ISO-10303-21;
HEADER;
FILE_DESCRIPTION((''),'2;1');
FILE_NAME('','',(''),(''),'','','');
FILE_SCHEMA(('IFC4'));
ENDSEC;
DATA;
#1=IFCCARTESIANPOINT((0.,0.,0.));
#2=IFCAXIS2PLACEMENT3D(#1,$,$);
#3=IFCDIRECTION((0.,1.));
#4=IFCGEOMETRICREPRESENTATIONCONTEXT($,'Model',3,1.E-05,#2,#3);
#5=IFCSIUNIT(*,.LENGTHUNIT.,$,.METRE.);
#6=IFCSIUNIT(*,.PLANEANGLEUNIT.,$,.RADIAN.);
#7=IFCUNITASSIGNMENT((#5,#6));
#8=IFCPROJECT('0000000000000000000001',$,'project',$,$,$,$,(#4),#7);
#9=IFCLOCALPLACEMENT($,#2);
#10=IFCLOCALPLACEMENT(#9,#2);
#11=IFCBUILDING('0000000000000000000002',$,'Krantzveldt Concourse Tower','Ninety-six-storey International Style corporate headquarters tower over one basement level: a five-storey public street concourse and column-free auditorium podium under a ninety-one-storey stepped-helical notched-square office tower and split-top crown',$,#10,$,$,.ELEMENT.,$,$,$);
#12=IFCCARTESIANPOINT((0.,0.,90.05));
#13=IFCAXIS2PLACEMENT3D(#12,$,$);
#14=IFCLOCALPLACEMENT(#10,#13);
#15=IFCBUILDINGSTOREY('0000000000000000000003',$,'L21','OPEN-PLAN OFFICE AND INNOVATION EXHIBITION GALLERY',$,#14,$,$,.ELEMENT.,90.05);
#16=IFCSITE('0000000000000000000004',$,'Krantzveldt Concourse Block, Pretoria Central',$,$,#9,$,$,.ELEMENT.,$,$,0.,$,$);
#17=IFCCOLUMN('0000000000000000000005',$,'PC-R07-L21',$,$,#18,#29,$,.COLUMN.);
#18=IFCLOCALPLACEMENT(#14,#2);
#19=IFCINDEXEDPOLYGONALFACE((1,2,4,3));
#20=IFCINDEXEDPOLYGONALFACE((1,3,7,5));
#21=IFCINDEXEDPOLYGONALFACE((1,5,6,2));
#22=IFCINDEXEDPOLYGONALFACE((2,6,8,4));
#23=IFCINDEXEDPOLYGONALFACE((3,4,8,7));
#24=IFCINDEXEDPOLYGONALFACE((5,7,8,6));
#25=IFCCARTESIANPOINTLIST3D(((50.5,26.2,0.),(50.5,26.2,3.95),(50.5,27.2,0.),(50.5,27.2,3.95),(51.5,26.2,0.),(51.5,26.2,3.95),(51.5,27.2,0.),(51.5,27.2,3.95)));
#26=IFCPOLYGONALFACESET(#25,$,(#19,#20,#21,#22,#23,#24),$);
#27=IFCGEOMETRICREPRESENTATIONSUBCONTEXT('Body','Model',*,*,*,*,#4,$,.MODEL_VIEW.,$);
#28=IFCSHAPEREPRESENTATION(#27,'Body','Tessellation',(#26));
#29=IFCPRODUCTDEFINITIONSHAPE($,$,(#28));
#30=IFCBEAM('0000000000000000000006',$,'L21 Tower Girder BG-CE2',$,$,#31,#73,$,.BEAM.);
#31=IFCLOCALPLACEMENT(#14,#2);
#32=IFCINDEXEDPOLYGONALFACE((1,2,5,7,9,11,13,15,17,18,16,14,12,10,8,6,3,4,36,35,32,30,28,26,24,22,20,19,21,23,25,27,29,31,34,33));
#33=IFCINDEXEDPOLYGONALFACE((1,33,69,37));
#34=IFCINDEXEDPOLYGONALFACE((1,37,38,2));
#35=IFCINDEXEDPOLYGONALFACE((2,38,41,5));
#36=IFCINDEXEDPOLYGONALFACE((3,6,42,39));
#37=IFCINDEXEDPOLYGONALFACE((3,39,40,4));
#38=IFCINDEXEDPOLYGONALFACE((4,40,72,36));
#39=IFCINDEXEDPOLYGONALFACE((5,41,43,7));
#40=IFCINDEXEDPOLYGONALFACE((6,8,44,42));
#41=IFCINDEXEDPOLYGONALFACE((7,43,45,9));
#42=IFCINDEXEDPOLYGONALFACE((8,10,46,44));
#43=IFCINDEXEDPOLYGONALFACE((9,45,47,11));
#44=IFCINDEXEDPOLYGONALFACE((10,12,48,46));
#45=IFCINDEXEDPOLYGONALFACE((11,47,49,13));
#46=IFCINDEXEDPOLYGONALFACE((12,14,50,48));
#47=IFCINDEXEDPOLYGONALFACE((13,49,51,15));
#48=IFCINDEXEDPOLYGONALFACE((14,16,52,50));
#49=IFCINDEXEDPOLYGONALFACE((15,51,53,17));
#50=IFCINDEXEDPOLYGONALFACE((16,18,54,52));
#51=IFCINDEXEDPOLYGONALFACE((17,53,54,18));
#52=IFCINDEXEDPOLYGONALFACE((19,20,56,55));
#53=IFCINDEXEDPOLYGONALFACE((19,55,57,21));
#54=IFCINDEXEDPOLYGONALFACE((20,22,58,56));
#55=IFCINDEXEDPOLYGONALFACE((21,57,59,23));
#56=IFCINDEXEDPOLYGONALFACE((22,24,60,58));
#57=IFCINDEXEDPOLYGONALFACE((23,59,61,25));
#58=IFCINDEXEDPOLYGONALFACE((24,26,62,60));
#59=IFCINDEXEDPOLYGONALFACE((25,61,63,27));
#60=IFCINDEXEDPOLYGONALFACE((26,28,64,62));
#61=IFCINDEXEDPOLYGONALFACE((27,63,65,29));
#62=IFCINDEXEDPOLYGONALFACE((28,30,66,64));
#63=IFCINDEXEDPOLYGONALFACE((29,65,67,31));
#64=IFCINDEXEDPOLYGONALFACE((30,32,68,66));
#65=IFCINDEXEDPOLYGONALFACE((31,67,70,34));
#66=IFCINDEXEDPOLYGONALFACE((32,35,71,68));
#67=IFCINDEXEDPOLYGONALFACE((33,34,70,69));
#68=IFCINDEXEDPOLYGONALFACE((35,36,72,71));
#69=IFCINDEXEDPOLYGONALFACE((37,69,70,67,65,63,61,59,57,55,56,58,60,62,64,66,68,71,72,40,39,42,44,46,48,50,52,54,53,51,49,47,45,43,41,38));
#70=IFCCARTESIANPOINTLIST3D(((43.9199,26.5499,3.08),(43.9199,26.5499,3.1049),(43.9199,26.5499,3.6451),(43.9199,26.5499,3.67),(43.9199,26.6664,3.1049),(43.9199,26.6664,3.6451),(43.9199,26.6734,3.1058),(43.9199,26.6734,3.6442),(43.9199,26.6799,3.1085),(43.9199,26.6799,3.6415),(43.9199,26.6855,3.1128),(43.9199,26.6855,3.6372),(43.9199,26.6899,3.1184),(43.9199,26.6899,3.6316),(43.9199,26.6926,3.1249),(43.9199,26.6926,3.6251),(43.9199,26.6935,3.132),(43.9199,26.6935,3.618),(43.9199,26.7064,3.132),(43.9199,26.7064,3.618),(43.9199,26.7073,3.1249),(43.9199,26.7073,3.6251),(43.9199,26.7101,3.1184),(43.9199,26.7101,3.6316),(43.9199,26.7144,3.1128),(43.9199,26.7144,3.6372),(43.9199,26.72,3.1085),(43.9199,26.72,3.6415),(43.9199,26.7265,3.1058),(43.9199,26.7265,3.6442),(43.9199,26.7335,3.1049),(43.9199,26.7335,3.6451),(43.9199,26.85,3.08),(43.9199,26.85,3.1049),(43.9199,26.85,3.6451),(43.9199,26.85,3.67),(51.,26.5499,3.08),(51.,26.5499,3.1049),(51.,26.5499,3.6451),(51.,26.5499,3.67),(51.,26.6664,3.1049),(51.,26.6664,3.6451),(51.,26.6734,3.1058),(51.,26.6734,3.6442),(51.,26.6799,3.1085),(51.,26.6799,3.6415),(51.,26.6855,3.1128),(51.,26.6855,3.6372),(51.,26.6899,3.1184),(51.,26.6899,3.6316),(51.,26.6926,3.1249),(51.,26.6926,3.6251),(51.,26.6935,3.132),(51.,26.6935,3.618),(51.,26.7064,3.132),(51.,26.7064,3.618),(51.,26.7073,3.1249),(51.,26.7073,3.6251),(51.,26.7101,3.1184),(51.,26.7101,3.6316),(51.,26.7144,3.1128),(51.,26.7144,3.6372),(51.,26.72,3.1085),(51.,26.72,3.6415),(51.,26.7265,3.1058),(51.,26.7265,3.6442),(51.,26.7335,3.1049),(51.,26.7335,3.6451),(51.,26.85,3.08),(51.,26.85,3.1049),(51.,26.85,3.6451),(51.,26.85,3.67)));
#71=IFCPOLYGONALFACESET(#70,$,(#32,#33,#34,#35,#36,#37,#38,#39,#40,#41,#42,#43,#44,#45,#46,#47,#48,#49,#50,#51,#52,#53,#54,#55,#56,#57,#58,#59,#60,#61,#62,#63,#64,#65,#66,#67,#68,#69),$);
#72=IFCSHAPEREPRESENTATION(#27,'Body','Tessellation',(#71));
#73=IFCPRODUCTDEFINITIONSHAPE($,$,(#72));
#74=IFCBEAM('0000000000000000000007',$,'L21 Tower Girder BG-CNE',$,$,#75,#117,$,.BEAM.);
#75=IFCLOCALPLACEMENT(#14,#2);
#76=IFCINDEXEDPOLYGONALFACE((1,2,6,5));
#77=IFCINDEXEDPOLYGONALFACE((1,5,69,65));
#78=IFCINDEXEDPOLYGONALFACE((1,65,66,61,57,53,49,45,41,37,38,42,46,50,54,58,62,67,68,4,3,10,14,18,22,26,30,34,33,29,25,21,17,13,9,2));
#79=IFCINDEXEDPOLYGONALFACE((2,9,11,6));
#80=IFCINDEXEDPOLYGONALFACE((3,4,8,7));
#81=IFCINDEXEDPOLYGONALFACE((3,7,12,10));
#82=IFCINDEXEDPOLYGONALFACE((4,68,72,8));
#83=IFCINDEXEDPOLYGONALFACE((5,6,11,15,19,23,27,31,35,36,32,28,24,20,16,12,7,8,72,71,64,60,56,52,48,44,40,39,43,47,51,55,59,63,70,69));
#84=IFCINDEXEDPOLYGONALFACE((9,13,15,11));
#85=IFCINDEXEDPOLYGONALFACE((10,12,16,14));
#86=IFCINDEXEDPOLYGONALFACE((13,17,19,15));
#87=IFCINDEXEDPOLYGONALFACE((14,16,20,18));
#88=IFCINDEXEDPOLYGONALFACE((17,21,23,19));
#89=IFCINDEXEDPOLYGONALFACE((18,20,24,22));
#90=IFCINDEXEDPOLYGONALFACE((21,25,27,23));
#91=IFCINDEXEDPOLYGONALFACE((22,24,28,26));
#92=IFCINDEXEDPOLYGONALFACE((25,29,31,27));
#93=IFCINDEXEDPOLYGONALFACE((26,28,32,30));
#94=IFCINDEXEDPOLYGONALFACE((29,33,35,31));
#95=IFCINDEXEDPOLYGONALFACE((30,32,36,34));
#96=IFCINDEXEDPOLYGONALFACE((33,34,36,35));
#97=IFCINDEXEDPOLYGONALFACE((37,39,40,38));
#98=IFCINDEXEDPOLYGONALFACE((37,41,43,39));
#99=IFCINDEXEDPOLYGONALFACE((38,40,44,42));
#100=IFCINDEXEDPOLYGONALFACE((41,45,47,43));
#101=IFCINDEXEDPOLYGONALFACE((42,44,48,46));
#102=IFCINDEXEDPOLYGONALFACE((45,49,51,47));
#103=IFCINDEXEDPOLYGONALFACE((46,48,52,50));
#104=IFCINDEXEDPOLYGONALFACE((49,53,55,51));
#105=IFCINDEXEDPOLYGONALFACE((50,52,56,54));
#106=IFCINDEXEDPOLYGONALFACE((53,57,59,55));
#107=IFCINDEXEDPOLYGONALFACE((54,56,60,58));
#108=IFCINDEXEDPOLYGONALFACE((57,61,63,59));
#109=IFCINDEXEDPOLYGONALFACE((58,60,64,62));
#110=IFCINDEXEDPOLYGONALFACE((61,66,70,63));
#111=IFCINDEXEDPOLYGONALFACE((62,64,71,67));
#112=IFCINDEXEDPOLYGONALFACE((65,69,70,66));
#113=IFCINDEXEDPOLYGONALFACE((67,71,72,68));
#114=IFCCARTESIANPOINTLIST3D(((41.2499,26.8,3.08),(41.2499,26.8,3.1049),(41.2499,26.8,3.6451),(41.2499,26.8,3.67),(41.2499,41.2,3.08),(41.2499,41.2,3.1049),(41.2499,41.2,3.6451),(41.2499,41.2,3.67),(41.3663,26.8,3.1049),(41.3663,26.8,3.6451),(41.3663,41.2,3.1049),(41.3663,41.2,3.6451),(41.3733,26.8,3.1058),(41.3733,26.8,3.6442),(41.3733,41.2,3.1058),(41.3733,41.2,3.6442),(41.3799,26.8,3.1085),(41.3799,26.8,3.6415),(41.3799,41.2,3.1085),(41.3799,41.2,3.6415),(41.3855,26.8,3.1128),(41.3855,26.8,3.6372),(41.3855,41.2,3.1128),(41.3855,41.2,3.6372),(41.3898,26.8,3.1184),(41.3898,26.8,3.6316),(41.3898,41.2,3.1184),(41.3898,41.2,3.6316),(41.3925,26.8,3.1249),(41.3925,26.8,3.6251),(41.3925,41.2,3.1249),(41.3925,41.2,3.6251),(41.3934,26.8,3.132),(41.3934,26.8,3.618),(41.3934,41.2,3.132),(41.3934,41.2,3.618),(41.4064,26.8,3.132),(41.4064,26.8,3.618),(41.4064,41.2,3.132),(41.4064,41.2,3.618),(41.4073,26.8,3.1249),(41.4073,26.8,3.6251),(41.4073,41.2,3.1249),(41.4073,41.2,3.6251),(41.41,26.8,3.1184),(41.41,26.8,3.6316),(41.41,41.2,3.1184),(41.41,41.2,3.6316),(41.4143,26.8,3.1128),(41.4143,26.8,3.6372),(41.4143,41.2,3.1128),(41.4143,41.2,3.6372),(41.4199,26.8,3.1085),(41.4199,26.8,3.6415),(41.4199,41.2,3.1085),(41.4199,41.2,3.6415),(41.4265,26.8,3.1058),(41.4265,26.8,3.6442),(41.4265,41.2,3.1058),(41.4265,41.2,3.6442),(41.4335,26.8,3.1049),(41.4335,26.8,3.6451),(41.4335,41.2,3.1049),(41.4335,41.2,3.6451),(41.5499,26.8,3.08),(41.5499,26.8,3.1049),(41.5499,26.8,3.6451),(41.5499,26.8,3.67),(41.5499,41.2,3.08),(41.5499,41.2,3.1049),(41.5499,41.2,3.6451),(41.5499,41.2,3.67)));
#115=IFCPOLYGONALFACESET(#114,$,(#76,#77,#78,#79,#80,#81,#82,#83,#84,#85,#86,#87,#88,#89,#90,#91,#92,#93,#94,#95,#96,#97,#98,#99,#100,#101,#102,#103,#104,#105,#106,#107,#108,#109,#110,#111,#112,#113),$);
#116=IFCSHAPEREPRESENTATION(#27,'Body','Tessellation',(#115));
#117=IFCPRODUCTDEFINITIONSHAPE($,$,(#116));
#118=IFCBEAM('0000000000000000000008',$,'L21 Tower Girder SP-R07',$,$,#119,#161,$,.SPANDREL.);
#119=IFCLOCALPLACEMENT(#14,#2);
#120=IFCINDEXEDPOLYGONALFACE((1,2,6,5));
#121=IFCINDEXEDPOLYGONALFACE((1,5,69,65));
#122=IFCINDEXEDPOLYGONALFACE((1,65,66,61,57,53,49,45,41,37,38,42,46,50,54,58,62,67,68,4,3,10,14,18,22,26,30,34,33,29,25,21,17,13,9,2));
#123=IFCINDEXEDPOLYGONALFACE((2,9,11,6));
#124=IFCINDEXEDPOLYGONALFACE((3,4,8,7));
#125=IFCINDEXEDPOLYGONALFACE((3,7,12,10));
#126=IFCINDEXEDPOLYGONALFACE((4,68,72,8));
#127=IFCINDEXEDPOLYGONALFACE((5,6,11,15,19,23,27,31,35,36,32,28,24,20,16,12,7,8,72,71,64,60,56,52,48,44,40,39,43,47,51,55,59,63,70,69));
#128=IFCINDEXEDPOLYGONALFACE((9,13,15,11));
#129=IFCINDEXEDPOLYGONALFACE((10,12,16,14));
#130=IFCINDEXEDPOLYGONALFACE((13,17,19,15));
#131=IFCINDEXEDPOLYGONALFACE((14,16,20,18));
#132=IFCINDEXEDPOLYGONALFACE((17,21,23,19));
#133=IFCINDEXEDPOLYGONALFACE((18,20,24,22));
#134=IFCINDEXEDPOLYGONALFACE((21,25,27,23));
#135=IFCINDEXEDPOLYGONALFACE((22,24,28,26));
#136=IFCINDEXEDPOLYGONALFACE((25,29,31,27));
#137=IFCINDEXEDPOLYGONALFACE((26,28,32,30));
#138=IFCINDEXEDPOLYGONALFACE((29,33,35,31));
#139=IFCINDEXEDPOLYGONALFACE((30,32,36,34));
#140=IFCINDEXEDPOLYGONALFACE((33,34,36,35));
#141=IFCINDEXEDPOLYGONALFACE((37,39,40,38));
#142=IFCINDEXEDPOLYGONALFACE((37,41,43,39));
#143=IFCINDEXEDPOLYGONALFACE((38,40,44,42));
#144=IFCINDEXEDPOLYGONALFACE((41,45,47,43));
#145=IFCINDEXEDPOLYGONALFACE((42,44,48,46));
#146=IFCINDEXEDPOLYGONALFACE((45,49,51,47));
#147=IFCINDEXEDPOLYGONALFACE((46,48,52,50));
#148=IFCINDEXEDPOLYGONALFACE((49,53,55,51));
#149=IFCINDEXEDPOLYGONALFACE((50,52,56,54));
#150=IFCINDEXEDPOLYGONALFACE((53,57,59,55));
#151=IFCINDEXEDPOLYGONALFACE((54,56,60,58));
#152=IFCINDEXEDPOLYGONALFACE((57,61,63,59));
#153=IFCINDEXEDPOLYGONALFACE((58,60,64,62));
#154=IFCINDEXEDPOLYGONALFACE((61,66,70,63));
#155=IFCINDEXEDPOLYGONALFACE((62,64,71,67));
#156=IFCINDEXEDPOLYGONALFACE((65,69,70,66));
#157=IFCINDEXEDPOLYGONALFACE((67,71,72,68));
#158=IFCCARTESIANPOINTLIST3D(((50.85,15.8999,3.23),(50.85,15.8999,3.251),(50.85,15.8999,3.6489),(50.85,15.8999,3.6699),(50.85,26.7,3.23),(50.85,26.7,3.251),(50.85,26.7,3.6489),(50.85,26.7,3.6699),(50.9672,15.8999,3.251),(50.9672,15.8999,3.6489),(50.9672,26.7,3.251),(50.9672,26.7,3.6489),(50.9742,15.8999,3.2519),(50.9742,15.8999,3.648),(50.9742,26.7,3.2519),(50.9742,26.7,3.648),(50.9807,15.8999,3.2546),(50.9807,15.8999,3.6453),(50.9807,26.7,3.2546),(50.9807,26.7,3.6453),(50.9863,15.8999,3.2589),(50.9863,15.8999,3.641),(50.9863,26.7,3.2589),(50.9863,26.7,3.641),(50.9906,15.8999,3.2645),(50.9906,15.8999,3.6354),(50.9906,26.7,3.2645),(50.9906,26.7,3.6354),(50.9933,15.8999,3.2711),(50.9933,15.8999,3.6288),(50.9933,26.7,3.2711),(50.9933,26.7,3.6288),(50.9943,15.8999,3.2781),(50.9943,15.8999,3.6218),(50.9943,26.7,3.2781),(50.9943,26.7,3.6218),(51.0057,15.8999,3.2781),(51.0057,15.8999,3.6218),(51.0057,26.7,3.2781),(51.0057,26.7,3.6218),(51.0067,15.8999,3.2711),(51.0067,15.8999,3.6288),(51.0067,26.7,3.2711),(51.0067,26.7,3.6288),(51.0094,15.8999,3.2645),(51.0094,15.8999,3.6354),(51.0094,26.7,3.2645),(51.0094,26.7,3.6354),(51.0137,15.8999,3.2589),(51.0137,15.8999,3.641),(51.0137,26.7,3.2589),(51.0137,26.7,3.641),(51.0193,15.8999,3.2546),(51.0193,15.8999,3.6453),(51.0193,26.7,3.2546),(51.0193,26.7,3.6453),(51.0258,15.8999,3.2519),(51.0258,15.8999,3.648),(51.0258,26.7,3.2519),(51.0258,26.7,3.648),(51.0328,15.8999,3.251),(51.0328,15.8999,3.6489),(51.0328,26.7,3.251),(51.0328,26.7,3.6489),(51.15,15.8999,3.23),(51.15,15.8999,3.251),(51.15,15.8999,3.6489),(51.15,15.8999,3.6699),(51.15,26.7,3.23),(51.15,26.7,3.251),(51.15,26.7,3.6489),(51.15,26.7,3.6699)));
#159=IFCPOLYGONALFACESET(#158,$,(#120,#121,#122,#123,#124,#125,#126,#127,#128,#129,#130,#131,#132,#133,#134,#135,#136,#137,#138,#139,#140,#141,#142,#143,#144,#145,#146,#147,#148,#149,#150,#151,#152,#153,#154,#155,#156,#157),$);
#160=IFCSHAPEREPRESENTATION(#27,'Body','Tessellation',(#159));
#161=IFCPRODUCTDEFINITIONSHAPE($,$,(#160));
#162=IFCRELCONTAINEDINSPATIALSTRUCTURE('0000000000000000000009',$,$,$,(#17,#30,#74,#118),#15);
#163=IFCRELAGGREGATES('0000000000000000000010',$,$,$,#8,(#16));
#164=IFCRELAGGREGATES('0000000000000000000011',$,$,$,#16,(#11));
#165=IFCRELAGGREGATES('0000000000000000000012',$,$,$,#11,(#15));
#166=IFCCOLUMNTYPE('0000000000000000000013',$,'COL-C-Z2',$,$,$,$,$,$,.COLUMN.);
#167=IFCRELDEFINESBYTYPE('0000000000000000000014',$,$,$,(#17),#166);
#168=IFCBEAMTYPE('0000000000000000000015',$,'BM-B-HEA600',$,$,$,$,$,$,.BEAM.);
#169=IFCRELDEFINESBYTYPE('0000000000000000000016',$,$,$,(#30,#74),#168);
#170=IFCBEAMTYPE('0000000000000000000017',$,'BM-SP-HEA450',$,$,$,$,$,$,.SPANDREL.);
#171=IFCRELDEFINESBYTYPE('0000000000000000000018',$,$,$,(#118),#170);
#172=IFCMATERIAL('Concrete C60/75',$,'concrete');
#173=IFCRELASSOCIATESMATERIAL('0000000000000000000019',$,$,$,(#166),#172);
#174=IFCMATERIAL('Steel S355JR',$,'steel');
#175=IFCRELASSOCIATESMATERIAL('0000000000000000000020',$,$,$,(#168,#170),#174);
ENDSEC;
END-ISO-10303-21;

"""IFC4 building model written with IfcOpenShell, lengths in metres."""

from ifc_helpers import new_model, si_unit, direction, frame, origin, origin_2d, place, context, subcontext, project, spatial, rectangle, i_section, extrude, source, transform, mapped, material, material_profile, profile_set, type_object, type_shapes, element, save


model = new_model("IFC4")

# Units and contexts
model_context = context("Model", 3, precision=1e-05, world=origin(), true_north=direction((0.0, 1.0)))
body_context = subcontext(model_context, "Body", "Model", "MODEL_VIEW")
ifc_project = project(units=[si_unit("LENGTHUNIT", "METRE"), si_unit("PLANEANGLEUNIT", "RADIAN")], contexts=[model_context])

# Site, building, storey
site_placement = place(None, origin())
site = spatial("IfcSite", under=ifc_project, at=site_placement, Name="Krantzveldt Concourse Block, Pretoria Central", CompositionType="ELEMENT", RefElevation=0.0)
building_placement = place(site_placement, origin())
building = spatial("IfcBuilding", under=site, at=building_placement, Name="Krantzveldt Concourse Tower", Description="Ninety-six-storey International Style corporate headquarters tower over one basement level: a five-storey public street concourse and column-free auditorium podium under a ninety-one-storey stepped-helical notched-square office tower and split-top crown", CompositionType="ELEMENT")
storey_placement = place(building_placement, frame((0.0, 0.0, 90.05)))
storey = spatial("IfcBuildingStorey", under=building, at=storey_placement, Name="L21", Description="OPEN-PLAN OFFICE AND INNOVATION EXHIBITION GALLERY", CompositionType="ELEMENT", Elevation=90.05)

# Column
ifc_material_1 = material(Name="Concrete C60/75", Category="concrete")
ifc_material_profile_1 = material_profile(ifc_material_1, rectangle(XDim=1.0, YDim=1.0, at=origin_2d()), Name="Concrete C60/75", Category="concrete")
ifc_profile_set_1 = profile_set([ifc_material_profile_1], Name="Concrete C60/75 - RC 1000x1000")
column_type = type_object("IfcColumnType", Name="COL-C-Z2", PredefinedType="COLUMN", material=ifc_profile_set_1)
shared_shape_1 = source(origin(), body_context, "Body", "SweptSolid", [
    extrude(rectangle(XDim=1.0, YDim=1.0, at=origin_2d()), origin(), (0.0, 0.0, 1.0), 3.95),
])
type_shapes(column_type, [shared_shape_1])
column_placement = place(storey_placement, frame((51.0, 26.7, 0.0), z_axis=(0.0, 0.0, 1.0), x_axis=(1.0, 0.0, 0.0)))
element("IfcColumn", 1, at=column_placement, inside=storey, type_object=column_type, Name="PC-R07-L21", PredefinedType="COLUMN", context=body_context, shape_type="MappedRepresentation", body=[
    mapped(shared_shape_1, transform((0.0, 0.0, 0.0), x_axis=(1.0, 0.0, 0.0), y_axis=(0.0, 1.0, 0.0), z_axis=(0.0, 0.0, 1.0), scale=1.0)),
])

# Beams
ifc_material_2 = material(Name="Steel S355JR", Category="steel")
ifc_material_profile_2 = material_profile(ifc_material_2, i_section(OverallWidth=0.3, OverallDepth=0.5901, WebThickness=0.0129, FlangeThickness=0.0249, FilletRadius=0.0271, at=origin_2d()), Name="Steel S355JR", Category="steel")
ifc_profile_set_2 = profile_set([ifc_material_profile_2], Name="Steel S355JR - HEA 600")
beam_type_1 = type_object("IfcBeamType", Name="BM-B-HEA600", PredefinedType="BEAM", material=ifc_profile_set_2)
shared_shape_2 = source(origin(), body_context, "Body", "SweptSolid", [
    extrude(i_section(OverallWidth=0.3, OverallDepth=0.5901, WebThickness=0.0129, FlangeThickness=0.0249, FilletRadius=0.0271, at=origin_2d()), origin(), (0.0, 0.0, 1.0), 7.0801),
])
beam_1_placement = place(storey_placement, frame((43.9199, 26.7, 3.375), z_axis=(1.0, 0.0, 0.0), x_axis=(0.0, 1.0, 0.0)))
element("IfcBeam", 2, at=beam_1_placement, inside=storey, type_object=beam_type_1, Name="L21 Tower Girder BG-CE2", PredefinedType="BEAM", context=body_context, shape_type="MappedRepresentation", body=[
    mapped(shared_shape_2, transform((0.0, 0.0, 0.0), x_axis=(1.0, 0.0, 0.0), y_axis=(0.0, 1.0, 0.0), z_axis=(0.0, 0.0, 1.0), scale=1.0)),
])
shared_shape_3 = source(origin(), body_context, "Body", "SweptSolid", [
    extrude(i_section(OverallWidth=0.3, OverallDepth=0.5901, WebThickness=0.0129, FlangeThickness=0.0249, FilletRadius=0.0271, at=origin_2d()), origin(), (0.0, 0.0, 1.0), 14.3999),
])
type_shapes(beam_type_1, [shared_shape_2, shared_shape_3])
beam_2_placement = place(storey_placement, frame((41.3999, 26.8, 3.375), z_axis=(0.0, 1.0, 0.0), x_axis=(-1.0, 0.0, 0.0)))
element("IfcBeam", 3, at=beam_2_placement, inside=storey, type_object=beam_type_1, Name="L21 Tower Girder BG-CNE", PredefinedType="BEAM", context=body_context, shape_type="MappedRepresentation", body=[
    mapped(shared_shape_3, transform((0.0, 0.0, 0.0), x_axis=(1.0, 0.0, 0.0), y_axis=(0.0, 1.0, 0.0), z_axis=(0.0, 0.0, 1.0), scale=1.0)),
])
ifc_material_profile_3 = material_profile(ifc_material_2, i_section(OverallWidth=0.3, OverallDepth=0.4399, WebThickness=0.0115, FlangeThickness=0.021, FilletRadius=0.0271, at=origin_2d()), Name="Steel S355JR", Category="steel")
ifc_profile_set_3 = profile_set([ifc_material_profile_3], Name="Steel S355JR - HEA 450")
beam_type_2 = type_object("IfcBeamType", Name="BM-SP-HEA450", PredefinedType="SPANDREL", material=ifc_profile_set_3)
shared_shape_4 = source(origin(), body_context, "Body", "SweptSolid", [
    extrude(i_section(OverallWidth=0.3, OverallDepth=0.4399, WebThickness=0.0115, FlangeThickness=0.021, FilletRadius=0.0271, at=origin_2d()), origin(), (0.0, 0.0, 1.0), 10.8),
])
type_shapes(beam_type_2, [shared_shape_4])
beam_3_placement = place(storey_placement, frame((51.0, 26.7, 3.45), z_axis=(0.0, -1.0, 0.0), x_axis=(1.0, 0.0, 0.0)))
element("IfcBeam", 4, at=beam_3_placement, inside=storey, type_object=beam_type_2, Name="L21 Tower Girder SP-R07", PredefinedType="SPANDREL", context=body_context, shape_type="MappedRepresentation", body=[
    mapped(shared_shape_4, transform((0.0, 0.0, 0.0), x_axis=(1.0, 0.0, 0.0), y_axis=(0.0, 1.0, 0.0), z_axis=(0.0, 0.0, 1.0), scale=1.0)),
])

save(model, "model.ifc")
